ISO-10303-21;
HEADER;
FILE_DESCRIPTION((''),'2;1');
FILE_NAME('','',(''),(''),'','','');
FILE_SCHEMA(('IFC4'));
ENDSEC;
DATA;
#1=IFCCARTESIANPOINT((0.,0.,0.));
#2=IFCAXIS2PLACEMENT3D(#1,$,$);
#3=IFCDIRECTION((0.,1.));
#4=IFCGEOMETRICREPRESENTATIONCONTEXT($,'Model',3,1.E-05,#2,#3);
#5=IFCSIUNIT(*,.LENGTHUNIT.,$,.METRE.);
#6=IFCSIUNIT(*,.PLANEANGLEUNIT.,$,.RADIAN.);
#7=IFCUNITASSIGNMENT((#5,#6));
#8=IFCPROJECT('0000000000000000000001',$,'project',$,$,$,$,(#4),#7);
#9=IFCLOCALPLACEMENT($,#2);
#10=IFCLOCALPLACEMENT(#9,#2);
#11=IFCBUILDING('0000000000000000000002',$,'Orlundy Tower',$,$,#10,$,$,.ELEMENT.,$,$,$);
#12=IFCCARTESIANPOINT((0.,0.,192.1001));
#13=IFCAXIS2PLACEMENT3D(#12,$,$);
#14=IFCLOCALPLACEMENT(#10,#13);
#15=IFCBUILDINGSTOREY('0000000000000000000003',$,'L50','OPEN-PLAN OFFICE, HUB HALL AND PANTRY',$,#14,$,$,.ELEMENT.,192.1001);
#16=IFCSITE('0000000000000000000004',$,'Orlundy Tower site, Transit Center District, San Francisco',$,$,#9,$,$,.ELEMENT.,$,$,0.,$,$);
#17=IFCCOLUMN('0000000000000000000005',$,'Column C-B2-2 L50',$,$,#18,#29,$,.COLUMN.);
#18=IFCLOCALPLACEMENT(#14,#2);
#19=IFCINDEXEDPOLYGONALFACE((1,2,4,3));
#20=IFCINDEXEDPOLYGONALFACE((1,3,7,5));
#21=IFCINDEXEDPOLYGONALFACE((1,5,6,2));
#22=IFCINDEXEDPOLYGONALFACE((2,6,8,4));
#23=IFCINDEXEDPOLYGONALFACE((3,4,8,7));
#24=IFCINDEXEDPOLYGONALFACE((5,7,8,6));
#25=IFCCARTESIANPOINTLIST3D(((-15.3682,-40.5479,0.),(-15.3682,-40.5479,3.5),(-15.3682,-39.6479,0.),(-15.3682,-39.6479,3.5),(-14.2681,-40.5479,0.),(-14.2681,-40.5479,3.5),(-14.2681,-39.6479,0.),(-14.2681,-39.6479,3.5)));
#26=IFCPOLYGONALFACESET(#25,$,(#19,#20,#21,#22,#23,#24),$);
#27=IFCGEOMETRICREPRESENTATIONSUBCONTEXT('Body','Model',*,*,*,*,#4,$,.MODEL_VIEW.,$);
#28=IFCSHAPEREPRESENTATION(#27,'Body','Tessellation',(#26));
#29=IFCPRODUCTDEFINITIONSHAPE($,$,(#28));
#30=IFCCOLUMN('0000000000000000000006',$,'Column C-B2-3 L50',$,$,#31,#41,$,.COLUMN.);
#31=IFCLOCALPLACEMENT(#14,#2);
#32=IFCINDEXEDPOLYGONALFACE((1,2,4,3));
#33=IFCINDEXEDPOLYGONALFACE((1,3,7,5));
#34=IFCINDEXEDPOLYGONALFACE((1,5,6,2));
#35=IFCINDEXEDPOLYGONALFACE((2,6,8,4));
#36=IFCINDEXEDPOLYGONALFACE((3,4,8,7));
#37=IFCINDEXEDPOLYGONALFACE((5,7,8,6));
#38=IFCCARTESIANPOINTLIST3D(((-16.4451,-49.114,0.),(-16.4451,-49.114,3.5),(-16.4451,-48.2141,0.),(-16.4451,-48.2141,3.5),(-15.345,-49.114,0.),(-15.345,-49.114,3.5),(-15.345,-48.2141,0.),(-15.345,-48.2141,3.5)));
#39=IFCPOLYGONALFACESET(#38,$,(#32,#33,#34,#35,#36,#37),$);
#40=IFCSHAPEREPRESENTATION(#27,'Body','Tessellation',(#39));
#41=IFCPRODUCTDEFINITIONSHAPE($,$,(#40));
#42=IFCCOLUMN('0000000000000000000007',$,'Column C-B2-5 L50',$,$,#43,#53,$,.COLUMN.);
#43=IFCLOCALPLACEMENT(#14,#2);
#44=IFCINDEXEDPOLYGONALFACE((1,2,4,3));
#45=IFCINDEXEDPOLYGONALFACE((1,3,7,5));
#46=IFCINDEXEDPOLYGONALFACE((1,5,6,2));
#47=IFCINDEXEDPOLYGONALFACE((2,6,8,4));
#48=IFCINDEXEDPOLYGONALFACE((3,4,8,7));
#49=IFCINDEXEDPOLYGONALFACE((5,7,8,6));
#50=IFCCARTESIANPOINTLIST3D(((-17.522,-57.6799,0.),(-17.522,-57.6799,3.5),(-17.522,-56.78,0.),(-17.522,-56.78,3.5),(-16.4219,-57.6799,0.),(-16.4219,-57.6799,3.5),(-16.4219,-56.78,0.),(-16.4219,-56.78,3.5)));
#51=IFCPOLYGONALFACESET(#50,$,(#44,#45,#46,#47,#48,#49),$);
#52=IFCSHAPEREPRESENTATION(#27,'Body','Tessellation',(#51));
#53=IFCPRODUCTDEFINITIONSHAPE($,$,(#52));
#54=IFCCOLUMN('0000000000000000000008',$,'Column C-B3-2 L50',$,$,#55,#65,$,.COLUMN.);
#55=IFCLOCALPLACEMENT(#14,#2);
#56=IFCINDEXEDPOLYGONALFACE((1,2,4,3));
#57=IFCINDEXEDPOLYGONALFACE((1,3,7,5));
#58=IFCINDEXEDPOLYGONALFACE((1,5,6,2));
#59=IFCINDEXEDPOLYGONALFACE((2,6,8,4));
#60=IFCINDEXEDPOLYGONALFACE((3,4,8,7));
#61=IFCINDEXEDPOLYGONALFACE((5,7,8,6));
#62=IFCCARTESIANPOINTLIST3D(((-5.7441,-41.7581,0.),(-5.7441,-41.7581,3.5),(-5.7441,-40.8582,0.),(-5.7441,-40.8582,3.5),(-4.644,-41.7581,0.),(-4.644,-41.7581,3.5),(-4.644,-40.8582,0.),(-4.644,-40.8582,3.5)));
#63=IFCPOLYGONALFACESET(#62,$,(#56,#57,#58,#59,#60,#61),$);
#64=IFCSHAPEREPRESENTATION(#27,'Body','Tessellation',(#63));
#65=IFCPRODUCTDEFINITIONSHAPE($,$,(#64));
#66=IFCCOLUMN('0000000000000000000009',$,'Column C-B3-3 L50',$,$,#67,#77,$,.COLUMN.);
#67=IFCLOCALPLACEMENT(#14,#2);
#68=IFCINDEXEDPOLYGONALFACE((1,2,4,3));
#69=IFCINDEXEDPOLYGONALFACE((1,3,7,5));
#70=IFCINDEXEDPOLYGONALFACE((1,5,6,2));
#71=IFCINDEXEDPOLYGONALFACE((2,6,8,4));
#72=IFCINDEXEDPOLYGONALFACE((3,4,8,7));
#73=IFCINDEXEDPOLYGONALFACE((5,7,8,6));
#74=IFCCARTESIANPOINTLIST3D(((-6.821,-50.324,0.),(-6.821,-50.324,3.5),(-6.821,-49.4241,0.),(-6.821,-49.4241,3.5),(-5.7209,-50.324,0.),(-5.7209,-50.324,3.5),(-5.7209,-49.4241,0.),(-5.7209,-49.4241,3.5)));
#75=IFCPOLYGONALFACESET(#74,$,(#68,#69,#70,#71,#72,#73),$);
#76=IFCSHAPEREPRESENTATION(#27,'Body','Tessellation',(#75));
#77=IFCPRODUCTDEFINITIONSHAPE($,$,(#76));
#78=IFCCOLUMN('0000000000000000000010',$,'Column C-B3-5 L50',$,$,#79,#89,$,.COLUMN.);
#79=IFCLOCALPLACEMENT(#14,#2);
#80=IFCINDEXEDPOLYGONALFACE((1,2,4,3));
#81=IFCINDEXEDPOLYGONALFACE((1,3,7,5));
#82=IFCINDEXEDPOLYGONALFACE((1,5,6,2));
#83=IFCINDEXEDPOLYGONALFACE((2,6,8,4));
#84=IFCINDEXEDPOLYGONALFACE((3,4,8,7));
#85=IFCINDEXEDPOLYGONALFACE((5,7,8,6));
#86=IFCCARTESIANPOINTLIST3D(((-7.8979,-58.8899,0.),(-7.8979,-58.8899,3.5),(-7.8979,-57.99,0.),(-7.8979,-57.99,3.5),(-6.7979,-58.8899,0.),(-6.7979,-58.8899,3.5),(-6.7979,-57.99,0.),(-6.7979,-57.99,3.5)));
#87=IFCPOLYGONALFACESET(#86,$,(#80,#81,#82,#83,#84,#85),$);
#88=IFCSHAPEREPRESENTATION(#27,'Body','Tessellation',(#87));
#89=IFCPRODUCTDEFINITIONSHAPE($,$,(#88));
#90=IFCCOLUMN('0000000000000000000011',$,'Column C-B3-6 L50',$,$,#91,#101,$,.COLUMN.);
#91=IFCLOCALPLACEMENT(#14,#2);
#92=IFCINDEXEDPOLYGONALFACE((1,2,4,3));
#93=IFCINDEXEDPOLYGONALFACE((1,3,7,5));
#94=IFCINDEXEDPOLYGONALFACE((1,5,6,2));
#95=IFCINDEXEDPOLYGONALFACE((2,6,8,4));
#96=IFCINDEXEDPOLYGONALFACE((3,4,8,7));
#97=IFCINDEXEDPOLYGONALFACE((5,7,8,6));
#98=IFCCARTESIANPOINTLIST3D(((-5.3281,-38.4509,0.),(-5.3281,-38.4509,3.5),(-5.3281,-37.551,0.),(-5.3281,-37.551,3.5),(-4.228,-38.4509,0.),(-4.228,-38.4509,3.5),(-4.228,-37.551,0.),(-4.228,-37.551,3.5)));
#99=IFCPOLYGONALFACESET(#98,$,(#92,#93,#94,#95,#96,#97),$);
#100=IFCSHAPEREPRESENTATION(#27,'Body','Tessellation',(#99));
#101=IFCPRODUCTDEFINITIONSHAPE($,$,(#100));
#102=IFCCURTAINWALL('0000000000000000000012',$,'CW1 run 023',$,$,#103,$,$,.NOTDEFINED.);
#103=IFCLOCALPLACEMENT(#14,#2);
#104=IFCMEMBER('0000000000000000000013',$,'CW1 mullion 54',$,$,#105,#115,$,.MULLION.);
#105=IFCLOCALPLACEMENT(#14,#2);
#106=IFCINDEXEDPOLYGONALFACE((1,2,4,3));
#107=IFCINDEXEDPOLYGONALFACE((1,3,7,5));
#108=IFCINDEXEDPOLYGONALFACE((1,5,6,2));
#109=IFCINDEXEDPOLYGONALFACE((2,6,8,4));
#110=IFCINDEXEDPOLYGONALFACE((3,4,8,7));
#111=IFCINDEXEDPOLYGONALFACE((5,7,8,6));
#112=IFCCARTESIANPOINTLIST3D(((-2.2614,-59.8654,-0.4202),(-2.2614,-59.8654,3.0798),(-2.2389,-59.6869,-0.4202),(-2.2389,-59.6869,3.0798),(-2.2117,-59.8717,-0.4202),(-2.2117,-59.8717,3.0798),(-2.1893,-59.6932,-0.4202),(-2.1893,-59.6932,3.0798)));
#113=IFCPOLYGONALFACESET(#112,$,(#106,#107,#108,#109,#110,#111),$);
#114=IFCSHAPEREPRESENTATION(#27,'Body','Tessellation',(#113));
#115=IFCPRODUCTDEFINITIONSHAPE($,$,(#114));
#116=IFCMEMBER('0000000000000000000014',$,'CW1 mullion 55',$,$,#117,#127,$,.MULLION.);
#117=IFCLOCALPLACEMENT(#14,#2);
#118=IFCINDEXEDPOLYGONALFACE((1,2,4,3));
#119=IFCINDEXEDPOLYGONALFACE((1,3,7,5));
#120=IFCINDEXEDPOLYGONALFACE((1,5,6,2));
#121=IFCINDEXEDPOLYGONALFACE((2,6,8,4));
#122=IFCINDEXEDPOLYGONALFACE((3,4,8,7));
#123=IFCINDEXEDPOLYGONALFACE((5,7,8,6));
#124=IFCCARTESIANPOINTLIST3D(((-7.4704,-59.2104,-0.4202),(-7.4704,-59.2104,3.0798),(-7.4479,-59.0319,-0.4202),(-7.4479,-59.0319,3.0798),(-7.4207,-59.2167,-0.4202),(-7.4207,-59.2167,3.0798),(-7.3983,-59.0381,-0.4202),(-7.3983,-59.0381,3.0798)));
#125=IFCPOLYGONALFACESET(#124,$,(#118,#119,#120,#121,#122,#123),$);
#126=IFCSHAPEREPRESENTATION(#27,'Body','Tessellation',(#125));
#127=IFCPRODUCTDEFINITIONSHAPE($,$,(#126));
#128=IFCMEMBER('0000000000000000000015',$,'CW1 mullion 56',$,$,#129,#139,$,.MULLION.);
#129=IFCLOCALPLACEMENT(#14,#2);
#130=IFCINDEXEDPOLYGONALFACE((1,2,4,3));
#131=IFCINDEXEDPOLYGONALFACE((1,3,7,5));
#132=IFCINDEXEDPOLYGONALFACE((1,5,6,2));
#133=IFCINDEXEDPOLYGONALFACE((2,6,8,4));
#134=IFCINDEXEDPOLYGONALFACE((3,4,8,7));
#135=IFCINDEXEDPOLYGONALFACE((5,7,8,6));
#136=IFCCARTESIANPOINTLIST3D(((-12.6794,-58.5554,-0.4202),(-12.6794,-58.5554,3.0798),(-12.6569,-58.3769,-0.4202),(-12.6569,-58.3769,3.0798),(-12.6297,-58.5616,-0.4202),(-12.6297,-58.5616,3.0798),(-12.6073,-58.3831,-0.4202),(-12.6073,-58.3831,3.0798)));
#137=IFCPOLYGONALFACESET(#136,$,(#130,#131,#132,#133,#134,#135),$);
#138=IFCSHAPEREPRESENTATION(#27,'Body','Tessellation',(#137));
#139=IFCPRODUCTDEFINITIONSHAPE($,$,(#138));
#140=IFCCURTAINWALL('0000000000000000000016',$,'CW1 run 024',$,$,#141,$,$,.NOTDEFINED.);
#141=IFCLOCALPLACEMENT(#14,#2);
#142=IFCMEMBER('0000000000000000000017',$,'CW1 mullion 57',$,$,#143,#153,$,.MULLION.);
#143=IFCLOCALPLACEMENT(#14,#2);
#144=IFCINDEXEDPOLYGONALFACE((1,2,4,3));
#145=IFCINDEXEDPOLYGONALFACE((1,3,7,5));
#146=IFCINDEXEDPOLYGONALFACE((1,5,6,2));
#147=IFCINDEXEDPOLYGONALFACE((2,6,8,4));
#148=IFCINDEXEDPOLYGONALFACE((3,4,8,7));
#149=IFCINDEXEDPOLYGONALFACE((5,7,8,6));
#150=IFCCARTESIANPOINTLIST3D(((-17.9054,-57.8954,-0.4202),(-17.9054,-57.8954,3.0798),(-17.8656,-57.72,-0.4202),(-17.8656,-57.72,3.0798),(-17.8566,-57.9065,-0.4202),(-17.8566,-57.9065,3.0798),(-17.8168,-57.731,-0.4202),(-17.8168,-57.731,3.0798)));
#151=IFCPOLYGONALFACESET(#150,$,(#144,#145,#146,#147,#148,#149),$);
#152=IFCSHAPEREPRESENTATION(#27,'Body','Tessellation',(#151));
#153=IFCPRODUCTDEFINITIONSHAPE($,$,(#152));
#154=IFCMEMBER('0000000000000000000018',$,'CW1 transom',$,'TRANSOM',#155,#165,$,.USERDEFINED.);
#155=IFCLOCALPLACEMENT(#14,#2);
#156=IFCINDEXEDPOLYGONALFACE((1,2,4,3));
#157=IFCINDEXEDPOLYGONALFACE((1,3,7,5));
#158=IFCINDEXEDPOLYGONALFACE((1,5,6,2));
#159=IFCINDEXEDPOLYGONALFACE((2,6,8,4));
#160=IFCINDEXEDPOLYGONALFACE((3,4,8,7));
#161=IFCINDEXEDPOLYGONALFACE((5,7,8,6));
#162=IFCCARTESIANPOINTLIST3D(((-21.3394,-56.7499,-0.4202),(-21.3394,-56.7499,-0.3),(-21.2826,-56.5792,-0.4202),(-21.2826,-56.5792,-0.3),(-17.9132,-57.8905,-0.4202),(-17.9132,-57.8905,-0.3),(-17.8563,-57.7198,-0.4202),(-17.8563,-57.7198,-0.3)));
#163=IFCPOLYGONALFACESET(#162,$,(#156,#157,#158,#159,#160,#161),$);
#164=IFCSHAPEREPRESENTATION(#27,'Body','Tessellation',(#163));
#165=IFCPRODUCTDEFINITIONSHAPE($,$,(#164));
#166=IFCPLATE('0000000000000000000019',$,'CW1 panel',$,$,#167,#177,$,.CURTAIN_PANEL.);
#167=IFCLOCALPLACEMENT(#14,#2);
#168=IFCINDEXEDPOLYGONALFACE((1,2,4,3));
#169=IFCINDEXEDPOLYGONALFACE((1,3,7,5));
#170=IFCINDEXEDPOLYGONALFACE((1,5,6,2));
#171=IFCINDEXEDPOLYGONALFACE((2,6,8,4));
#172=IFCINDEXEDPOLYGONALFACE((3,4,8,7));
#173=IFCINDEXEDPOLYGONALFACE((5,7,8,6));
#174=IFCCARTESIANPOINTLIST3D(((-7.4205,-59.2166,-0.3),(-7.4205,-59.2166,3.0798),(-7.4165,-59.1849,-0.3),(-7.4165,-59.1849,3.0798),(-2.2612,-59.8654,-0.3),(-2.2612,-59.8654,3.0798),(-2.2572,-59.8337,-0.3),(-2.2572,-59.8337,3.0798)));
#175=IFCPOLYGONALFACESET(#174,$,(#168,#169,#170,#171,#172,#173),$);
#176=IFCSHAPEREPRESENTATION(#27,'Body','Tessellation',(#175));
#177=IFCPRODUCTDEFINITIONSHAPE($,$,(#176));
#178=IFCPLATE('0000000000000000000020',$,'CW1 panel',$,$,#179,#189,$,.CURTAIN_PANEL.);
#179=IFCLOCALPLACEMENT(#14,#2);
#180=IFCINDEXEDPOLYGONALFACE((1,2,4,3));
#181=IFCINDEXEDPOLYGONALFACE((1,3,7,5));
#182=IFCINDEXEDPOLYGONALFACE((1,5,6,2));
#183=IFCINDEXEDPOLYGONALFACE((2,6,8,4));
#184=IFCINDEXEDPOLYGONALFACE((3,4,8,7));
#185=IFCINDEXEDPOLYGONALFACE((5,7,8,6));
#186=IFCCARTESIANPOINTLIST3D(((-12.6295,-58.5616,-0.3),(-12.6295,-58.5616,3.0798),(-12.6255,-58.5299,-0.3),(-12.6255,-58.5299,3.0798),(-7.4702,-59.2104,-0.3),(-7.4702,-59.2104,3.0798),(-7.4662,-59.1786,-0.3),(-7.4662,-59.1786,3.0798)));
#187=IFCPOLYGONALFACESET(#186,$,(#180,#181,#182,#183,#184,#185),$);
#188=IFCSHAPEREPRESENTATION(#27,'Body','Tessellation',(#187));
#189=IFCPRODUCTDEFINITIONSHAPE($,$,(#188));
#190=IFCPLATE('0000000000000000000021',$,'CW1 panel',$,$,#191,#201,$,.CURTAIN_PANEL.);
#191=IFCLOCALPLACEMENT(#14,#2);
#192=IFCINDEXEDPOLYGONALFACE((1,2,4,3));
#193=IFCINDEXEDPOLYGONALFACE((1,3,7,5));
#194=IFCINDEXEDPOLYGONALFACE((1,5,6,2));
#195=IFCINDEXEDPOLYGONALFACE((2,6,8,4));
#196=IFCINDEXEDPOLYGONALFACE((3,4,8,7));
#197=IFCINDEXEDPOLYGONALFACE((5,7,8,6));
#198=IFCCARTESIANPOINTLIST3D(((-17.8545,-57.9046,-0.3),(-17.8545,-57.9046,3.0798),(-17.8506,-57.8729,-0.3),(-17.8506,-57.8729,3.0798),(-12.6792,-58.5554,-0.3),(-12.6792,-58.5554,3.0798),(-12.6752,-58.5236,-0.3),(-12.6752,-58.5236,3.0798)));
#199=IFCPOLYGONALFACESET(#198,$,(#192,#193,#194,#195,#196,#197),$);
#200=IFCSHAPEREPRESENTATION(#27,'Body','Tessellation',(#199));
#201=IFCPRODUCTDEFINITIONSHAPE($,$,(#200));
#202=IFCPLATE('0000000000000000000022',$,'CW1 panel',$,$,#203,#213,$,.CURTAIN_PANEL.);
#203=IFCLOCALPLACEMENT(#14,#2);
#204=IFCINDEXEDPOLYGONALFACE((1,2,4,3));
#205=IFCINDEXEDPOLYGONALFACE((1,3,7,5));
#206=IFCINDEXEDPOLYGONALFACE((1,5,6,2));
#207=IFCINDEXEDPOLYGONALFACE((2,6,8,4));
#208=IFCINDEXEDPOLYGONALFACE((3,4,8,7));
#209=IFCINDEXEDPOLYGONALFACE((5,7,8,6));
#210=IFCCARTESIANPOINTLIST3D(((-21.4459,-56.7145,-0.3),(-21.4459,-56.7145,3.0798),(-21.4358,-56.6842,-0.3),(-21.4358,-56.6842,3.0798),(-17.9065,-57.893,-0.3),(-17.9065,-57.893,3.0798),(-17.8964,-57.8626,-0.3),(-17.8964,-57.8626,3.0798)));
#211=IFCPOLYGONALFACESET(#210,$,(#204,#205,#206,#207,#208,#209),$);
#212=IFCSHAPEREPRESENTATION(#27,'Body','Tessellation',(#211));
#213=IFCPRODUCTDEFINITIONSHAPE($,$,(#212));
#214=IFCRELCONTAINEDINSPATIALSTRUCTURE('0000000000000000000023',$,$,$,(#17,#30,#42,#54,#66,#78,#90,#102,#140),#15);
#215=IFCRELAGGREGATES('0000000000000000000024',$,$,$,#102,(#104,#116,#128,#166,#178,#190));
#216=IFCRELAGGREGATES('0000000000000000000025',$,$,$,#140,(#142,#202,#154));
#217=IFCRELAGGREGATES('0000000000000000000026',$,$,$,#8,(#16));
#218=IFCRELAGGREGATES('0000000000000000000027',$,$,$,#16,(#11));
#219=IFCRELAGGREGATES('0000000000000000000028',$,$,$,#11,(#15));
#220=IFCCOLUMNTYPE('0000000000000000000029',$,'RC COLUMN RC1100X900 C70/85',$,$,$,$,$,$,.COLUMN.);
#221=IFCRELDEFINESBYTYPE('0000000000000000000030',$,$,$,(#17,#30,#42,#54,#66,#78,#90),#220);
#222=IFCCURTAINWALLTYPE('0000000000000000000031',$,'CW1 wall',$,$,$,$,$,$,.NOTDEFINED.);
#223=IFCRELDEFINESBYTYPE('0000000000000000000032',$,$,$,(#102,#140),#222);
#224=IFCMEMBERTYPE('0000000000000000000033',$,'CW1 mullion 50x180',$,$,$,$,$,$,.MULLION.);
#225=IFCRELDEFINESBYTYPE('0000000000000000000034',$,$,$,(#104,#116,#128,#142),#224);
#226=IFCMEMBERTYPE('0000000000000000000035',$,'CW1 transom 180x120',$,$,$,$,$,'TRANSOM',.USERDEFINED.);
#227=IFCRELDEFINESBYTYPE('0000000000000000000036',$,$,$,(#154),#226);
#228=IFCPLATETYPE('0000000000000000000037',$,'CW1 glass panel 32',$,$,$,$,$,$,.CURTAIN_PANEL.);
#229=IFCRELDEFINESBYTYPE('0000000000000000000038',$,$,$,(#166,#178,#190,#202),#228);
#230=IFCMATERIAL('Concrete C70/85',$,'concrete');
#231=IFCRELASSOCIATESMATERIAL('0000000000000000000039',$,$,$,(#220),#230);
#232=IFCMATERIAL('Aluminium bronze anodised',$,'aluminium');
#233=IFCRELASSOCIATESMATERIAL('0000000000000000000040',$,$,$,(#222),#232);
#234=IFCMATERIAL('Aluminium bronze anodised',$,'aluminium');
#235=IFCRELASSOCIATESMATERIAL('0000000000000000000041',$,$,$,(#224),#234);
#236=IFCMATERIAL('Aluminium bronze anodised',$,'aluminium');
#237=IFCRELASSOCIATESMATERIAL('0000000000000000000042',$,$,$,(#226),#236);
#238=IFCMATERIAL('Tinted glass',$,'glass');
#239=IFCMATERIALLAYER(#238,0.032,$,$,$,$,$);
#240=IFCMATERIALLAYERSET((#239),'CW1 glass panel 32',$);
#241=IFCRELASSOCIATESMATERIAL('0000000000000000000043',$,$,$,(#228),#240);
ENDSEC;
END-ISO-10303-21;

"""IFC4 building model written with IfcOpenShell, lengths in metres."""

from ifc_helpers import new_model, si_unit, direction, frame, origin, origin_2d, place, context, subcontext, project, spatial, rectangle, extrude, material, layer, layer_set, material_profile, profile_set, type_object, element, aggregate, save


model = new_model("IFC4")

# Units and contexts
model_context = context("Model", 3, precision=1e-05, world=origin(), true_north=direction((0.0, 1.0)))
body_context = subcontext(model_context, "Body", "Model", "MODEL_VIEW")
ifc_project = project(units=[si_unit("LENGTHUNIT", "METRE"), si_unit("PLANEANGLEUNIT", "RADIAN")], contexts=[model_context])

# Site, building, storey
site_placement = place(None, origin())
site = spatial("IfcSite", under=ifc_project, at=site_placement, Name="Orlundy Tower site, Transit Center District, San Francisco", CompositionType="ELEMENT", RefElevation=0.0)
building_placement = place(site_placement, origin())
building = spatial("IfcBuilding", under=site, at=building_placement, Name="Orlundy Tower", CompositionType="ELEMENT")
storey_placement = place(building_placement, frame((0.0, 0.0, 192.1001)))
storey = spatial("IfcBuildingStorey", under=building, at=storey_placement, Name="L50", Description="OPEN-PLAN OFFICE, HUB HALL AND PANTRY", CompositionType="ELEMENT", Elevation=192.1001)

# Columns
ifc_material_1 = material(Name="Concrete C70/85", Category="concrete")
ifc_material_profile_1 = material_profile(ifc_material_1, rectangle(XDim=1.1001, YDim=0.8999, at=origin_2d()), Name="RC1100X900")
ifc_profile_set_1 = profile_set([ifc_material_profile_1], Name="Concrete C70/85")
column_type = type_object("IfcColumnType", Name="RC COLUMN RC1100X900 C70/85", PredefinedType="COLUMN", material=ifc_profile_set_1)
for number, where, z_axis, x_axis, name in (
    (1, (-14.8181, -40.0979, 0.0), (0.0, 0.0, 1.0), (1.0, 0.0, 0.0), "Column C-B2-2 L50"),
    (2, (-15.895, -48.6641, 0.0), (0.0, 0.0, 1.0), (1.0, 0.0, 0.0), "Column C-B2-3 L50"),
    (3, (-16.9719, -57.23, 0.0), (0.0, 0.0, 1.0), (1.0, 0.0, 0.0), "Column C-B2-5 L50"),
    (4, (-5.1941, -41.3081, 0.0), (0.0, 0.0, 1.0), (1.0, 0.0, 0.0), "Column C-B3-2 L50"),
    (5, (-6.271, -49.874, 0.0), (0.0, 0.0, 1.0), (1.0, 0.0, 0.0), "Column C-B3-3 L50"),
    (6, (-7.3479, -58.4399, 0.0), (0.0, 0.0, 1.0), (1.0, 0.0, 0.0), "Column C-B3-5 L50"),
    (7, (-4.7781, -38.001, 0.0), (0.0, 0.0, 1.0), (1.0, 0.0, 0.0), "Column C-B3-6 L50"),
):
    element("IfcColumn", number, at=place(storey_placement, frame(where, z_axis=z_axis, x_axis=x_axis)), inside=storey, type_object=column_type, Name=name, PredefinedType="COLUMN", context=body_context, shape_type="SweptSolid", body=[
        extrude(rectangle(XDim=1.1001, YDim=0.8999, at=origin_2d()), origin(), (0.0, 0.0, 1.0), 3.5),
    ])

# Curtain walls, members
ifc_material_2 = material(Name="Aluminium bronze anodised", Category="aluminium")
curtain_wall_type = type_object("IfcCurtainWallType", Name="CW1 wall", PredefinedType="NOTDEFINED", material=ifc_material_2)
curtain_wall_1_placement = place(storey_placement, origin())
curtain_wall_1 = element("IfcCurtainWall", 8, at=curtain_wall_1_placement, inside=storey, type_object=curtain_wall_type, Name="CW1 run 023", PredefinedType="NOTDEFINED")
ifc_material_3 = material(Name="Aluminium bronze anodised", Category="aluminium")
ifc_material_profile_2 = material_profile(ifc_material_3, rectangle(XDim=0.1799, YDim=0.05, at=origin_2d()), Name="CW1 mullion 50x180")
ifc_profile_set_2 = profile_set([ifc_material_profile_2], Name="Aluminium bronze anodised")
member_type_1 = type_object("IfcMemberType", Name="CW1 mullion 50x180", PredefinedType="MULLION", material=ifc_profile_set_2)
member_1_placement = place(storey_placement, frame((-2.2253, -59.7793, -0.4202), z_axis=(0.0, 0.0, 1.0), x_axis=(-0.124761, -0.992187, 0.0)))
member_1 = element("IfcMember", 9, at=member_1_placement, type_object=member_type_1, Name="CW1 mullion 54", PredefinedType="MULLION", context=body_context, shape_type="SweptSolid", body=[
    extrude(rectangle(XDim=0.1799, YDim=0.05, at=origin_2d()), origin(), (0.0, 0.0, 1.0), 3.5),
])
member_2_placement = place(storey_placement, frame((-7.4343, -59.1243, -0.4202), z_axis=(0.0, 0.0, 1.0), x_axis=(-0.124761, -0.992187, 0.0)))
member_2 = element("IfcMember", 10, at=member_2_placement, type_object=member_type_1, Name="CW1 mullion 55", PredefinedType="MULLION", context=body_context, shape_type="SweptSolid", body=[
    extrude(rectangle(XDim=0.1799, YDim=0.05, at=origin_2d()), origin(), (0.0, 0.0, 1.0), 3.5),
])
member_3_placement = place(storey_placement, frame((-12.6433, -58.4692, -0.4202), z_axis=(0.0, 0.0, 1.0), x_axis=(-0.124761, -0.992187, 0.0)))
member_3 = element("IfcMember", 11, at=member_3_placement, type_object=member_type_1, Name="CW1 mullion 56", PredefinedType="MULLION", context=body_context, shape_type="SweptSolid", body=[
    extrude(rectangle(XDim=0.1799, YDim=0.05, at=origin_2d()), origin(), (0.0, 0.0, 1.0), 3.5),
])
curtain_wall_2_placement = place(storey_placement, origin())
curtain_wall_2 = element("IfcCurtainWall", 12, at=curtain_wall_2_placement, inside=storey, type_object=curtain_wall_type, Name="CW1 run 024", PredefinedType="NOTDEFINED")
member_4_placement = place(storey_placement, frame((-17.8611, -57.8132, -0.4202), z_axis=(0.0, 0.0, 1.0), x_axis=(-0.221399, -0.975183, 0.0)))
member_4 = element("IfcMember", 13, at=member_4_placement, type_object=member_type_1, Name="CW1 mullion 57", PredefinedType="MULLION", context=body_context, shape_type="SweptSolid", body=[
    extrude(rectangle(XDim=0.1799, YDim=0.05, at=origin_2d()), origin(), (0.0, 0.0, 1.0), 3.5),
])
ifc_material_4 = material(Name="Aluminium bronze anodised", Category="aluminium")
ifc_material_profile_3 = material_profile(ifc_material_4, rectangle(XDim=0.1799, YDim=0.1201, at=origin_2d()), Name="CW1 transom 180x120")
ifc_profile_set_3 = profile_set([ifc_material_profile_3], Name="Aluminium bronze anodised")
member_type_2 = type_object("IfcMemberType", Name="CW1 transom 180x120", ElementType="TRANSOM", PredefinedType="USERDEFINED", material=ifc_profile_set_3)
member_5_placement = place(storey_placement, frame((-17.8848, -57.8052, -0.3601), z_axis=(-0.948805, 0.315863, 0.0), x_axis=(-0.315863, -0.948805, 0.0)))
member_5 = element("IfcMember", 14, at=member_5_placement, type_object=member_type_2, Name="CW1 transom", ObjectType="TRANSOM", PredefinedType="USERDEFINED", context=body_context, shape_type="SweptSolid", body=[
    extrude(rectangle(XDim=0.1799, YDim=0.1201, at=origin_2d()), origin(), (0.0, 0.0, 1.0), 3.6111),
])

# Plates
ifc_material_5 = material(Name="Tinted glass", Category="glass")
ifc_layer_1 = layer(ifc_material_5, 0.032)
ifc_layer_set_1 = layer_set([ifc_layer_1], Name="CW1 glass panel 32")
plate_type = type_object("IfcPlateType", Name="CW1 glass panel 32", PredefinedType="CURTAIN_PANEL", material=ifc_layer_set_1)
plate_1_placement = place(storey_placement, frame((-4.8389, -59.5251, -0.3), z_axis=(0.0, 0.0, 1.0), x_axis=(-0.992187, 0.124761, 0.0)))
plate_1 = element("IfcPlate", 15, at=plate_1_placement, type_object=plate_type, Name="CW1 panel", PredefinedType="CURTAIN_PANEL", context=body_context, shape_type="SweptSolid", body=[
    extrude(rectangle(XDim=5.2, YDim=0.032, at=origin_2d()), origin(), (0.0, 0.0, 1.0), 3.3799),
])
plate_2_placement = place(storey_placement, frame((-10.0479, -58.8701, -0.3), z_axis=(0.0, 0.0, 1.0), x_axis=(-0.992187, 0.124761, 0.0)))
plate_2 = element("IfcPlate", 16, at=plate_2_placement, type_object=plate_type, Name="CW1 panel", PredefinedType="CURTAIN_PANEL", context=body_context, shape_type="SweptSolid", body=[
    extrude(rectangle(XDim=5.2, YDim=0.032, at=origin_2d()), origin(), (0.0, 0.0, 1.0), 3.3799),
])
plate_3_placement = place(storey_placement, frame((-15.2649, -58.2141, -0.3), z_axis=(0.0, 0.0, 1.0), x_axis=(-0.992187, 0.124761, 0.0)))
plate_3 = element("IfcPlate", 17, at=plate_3_placement, type_object=plate_type, Name="CW1 panel", PredefinedType="CURTAIN_PANEL", context=body_context, shape_type="SweptSolid", body=[
    extrude(rectangle(XDim=5.2161, YDim=0.032, at=origin_2d()), origin(), (0.0, 0.0, 1.0), 3.3799),
])
aggregate(curtain_wall_1, [member_1, member_2, member_3, plate_1, plate_2, plate_3])
plate_4_placement = place(storey_placement, frame((-19.6711, -57.2886, -0.3), z_axis=(0.0, 0.0, 1.0), x_axis=(-0.948791, 0.315904, 0.0)))
plate_4 = element("IfcPlate", 18, at=plate_4_placement, type_object=plate_type, Name="CW1 panel", PredefinedType="CURTAIN_PANEL", context=body_context, shape_type="SweptSolid", body=[
    extrude(rectangle(XDim=3.7305, YDim=0.032, at=origin_2d()), origin(), (0.0, 0.0, 1.0), 3.3799),
])
aggregate(curtain_wall_2, [member_4, plate_4, member_5])

save(model, "model.ifc")
